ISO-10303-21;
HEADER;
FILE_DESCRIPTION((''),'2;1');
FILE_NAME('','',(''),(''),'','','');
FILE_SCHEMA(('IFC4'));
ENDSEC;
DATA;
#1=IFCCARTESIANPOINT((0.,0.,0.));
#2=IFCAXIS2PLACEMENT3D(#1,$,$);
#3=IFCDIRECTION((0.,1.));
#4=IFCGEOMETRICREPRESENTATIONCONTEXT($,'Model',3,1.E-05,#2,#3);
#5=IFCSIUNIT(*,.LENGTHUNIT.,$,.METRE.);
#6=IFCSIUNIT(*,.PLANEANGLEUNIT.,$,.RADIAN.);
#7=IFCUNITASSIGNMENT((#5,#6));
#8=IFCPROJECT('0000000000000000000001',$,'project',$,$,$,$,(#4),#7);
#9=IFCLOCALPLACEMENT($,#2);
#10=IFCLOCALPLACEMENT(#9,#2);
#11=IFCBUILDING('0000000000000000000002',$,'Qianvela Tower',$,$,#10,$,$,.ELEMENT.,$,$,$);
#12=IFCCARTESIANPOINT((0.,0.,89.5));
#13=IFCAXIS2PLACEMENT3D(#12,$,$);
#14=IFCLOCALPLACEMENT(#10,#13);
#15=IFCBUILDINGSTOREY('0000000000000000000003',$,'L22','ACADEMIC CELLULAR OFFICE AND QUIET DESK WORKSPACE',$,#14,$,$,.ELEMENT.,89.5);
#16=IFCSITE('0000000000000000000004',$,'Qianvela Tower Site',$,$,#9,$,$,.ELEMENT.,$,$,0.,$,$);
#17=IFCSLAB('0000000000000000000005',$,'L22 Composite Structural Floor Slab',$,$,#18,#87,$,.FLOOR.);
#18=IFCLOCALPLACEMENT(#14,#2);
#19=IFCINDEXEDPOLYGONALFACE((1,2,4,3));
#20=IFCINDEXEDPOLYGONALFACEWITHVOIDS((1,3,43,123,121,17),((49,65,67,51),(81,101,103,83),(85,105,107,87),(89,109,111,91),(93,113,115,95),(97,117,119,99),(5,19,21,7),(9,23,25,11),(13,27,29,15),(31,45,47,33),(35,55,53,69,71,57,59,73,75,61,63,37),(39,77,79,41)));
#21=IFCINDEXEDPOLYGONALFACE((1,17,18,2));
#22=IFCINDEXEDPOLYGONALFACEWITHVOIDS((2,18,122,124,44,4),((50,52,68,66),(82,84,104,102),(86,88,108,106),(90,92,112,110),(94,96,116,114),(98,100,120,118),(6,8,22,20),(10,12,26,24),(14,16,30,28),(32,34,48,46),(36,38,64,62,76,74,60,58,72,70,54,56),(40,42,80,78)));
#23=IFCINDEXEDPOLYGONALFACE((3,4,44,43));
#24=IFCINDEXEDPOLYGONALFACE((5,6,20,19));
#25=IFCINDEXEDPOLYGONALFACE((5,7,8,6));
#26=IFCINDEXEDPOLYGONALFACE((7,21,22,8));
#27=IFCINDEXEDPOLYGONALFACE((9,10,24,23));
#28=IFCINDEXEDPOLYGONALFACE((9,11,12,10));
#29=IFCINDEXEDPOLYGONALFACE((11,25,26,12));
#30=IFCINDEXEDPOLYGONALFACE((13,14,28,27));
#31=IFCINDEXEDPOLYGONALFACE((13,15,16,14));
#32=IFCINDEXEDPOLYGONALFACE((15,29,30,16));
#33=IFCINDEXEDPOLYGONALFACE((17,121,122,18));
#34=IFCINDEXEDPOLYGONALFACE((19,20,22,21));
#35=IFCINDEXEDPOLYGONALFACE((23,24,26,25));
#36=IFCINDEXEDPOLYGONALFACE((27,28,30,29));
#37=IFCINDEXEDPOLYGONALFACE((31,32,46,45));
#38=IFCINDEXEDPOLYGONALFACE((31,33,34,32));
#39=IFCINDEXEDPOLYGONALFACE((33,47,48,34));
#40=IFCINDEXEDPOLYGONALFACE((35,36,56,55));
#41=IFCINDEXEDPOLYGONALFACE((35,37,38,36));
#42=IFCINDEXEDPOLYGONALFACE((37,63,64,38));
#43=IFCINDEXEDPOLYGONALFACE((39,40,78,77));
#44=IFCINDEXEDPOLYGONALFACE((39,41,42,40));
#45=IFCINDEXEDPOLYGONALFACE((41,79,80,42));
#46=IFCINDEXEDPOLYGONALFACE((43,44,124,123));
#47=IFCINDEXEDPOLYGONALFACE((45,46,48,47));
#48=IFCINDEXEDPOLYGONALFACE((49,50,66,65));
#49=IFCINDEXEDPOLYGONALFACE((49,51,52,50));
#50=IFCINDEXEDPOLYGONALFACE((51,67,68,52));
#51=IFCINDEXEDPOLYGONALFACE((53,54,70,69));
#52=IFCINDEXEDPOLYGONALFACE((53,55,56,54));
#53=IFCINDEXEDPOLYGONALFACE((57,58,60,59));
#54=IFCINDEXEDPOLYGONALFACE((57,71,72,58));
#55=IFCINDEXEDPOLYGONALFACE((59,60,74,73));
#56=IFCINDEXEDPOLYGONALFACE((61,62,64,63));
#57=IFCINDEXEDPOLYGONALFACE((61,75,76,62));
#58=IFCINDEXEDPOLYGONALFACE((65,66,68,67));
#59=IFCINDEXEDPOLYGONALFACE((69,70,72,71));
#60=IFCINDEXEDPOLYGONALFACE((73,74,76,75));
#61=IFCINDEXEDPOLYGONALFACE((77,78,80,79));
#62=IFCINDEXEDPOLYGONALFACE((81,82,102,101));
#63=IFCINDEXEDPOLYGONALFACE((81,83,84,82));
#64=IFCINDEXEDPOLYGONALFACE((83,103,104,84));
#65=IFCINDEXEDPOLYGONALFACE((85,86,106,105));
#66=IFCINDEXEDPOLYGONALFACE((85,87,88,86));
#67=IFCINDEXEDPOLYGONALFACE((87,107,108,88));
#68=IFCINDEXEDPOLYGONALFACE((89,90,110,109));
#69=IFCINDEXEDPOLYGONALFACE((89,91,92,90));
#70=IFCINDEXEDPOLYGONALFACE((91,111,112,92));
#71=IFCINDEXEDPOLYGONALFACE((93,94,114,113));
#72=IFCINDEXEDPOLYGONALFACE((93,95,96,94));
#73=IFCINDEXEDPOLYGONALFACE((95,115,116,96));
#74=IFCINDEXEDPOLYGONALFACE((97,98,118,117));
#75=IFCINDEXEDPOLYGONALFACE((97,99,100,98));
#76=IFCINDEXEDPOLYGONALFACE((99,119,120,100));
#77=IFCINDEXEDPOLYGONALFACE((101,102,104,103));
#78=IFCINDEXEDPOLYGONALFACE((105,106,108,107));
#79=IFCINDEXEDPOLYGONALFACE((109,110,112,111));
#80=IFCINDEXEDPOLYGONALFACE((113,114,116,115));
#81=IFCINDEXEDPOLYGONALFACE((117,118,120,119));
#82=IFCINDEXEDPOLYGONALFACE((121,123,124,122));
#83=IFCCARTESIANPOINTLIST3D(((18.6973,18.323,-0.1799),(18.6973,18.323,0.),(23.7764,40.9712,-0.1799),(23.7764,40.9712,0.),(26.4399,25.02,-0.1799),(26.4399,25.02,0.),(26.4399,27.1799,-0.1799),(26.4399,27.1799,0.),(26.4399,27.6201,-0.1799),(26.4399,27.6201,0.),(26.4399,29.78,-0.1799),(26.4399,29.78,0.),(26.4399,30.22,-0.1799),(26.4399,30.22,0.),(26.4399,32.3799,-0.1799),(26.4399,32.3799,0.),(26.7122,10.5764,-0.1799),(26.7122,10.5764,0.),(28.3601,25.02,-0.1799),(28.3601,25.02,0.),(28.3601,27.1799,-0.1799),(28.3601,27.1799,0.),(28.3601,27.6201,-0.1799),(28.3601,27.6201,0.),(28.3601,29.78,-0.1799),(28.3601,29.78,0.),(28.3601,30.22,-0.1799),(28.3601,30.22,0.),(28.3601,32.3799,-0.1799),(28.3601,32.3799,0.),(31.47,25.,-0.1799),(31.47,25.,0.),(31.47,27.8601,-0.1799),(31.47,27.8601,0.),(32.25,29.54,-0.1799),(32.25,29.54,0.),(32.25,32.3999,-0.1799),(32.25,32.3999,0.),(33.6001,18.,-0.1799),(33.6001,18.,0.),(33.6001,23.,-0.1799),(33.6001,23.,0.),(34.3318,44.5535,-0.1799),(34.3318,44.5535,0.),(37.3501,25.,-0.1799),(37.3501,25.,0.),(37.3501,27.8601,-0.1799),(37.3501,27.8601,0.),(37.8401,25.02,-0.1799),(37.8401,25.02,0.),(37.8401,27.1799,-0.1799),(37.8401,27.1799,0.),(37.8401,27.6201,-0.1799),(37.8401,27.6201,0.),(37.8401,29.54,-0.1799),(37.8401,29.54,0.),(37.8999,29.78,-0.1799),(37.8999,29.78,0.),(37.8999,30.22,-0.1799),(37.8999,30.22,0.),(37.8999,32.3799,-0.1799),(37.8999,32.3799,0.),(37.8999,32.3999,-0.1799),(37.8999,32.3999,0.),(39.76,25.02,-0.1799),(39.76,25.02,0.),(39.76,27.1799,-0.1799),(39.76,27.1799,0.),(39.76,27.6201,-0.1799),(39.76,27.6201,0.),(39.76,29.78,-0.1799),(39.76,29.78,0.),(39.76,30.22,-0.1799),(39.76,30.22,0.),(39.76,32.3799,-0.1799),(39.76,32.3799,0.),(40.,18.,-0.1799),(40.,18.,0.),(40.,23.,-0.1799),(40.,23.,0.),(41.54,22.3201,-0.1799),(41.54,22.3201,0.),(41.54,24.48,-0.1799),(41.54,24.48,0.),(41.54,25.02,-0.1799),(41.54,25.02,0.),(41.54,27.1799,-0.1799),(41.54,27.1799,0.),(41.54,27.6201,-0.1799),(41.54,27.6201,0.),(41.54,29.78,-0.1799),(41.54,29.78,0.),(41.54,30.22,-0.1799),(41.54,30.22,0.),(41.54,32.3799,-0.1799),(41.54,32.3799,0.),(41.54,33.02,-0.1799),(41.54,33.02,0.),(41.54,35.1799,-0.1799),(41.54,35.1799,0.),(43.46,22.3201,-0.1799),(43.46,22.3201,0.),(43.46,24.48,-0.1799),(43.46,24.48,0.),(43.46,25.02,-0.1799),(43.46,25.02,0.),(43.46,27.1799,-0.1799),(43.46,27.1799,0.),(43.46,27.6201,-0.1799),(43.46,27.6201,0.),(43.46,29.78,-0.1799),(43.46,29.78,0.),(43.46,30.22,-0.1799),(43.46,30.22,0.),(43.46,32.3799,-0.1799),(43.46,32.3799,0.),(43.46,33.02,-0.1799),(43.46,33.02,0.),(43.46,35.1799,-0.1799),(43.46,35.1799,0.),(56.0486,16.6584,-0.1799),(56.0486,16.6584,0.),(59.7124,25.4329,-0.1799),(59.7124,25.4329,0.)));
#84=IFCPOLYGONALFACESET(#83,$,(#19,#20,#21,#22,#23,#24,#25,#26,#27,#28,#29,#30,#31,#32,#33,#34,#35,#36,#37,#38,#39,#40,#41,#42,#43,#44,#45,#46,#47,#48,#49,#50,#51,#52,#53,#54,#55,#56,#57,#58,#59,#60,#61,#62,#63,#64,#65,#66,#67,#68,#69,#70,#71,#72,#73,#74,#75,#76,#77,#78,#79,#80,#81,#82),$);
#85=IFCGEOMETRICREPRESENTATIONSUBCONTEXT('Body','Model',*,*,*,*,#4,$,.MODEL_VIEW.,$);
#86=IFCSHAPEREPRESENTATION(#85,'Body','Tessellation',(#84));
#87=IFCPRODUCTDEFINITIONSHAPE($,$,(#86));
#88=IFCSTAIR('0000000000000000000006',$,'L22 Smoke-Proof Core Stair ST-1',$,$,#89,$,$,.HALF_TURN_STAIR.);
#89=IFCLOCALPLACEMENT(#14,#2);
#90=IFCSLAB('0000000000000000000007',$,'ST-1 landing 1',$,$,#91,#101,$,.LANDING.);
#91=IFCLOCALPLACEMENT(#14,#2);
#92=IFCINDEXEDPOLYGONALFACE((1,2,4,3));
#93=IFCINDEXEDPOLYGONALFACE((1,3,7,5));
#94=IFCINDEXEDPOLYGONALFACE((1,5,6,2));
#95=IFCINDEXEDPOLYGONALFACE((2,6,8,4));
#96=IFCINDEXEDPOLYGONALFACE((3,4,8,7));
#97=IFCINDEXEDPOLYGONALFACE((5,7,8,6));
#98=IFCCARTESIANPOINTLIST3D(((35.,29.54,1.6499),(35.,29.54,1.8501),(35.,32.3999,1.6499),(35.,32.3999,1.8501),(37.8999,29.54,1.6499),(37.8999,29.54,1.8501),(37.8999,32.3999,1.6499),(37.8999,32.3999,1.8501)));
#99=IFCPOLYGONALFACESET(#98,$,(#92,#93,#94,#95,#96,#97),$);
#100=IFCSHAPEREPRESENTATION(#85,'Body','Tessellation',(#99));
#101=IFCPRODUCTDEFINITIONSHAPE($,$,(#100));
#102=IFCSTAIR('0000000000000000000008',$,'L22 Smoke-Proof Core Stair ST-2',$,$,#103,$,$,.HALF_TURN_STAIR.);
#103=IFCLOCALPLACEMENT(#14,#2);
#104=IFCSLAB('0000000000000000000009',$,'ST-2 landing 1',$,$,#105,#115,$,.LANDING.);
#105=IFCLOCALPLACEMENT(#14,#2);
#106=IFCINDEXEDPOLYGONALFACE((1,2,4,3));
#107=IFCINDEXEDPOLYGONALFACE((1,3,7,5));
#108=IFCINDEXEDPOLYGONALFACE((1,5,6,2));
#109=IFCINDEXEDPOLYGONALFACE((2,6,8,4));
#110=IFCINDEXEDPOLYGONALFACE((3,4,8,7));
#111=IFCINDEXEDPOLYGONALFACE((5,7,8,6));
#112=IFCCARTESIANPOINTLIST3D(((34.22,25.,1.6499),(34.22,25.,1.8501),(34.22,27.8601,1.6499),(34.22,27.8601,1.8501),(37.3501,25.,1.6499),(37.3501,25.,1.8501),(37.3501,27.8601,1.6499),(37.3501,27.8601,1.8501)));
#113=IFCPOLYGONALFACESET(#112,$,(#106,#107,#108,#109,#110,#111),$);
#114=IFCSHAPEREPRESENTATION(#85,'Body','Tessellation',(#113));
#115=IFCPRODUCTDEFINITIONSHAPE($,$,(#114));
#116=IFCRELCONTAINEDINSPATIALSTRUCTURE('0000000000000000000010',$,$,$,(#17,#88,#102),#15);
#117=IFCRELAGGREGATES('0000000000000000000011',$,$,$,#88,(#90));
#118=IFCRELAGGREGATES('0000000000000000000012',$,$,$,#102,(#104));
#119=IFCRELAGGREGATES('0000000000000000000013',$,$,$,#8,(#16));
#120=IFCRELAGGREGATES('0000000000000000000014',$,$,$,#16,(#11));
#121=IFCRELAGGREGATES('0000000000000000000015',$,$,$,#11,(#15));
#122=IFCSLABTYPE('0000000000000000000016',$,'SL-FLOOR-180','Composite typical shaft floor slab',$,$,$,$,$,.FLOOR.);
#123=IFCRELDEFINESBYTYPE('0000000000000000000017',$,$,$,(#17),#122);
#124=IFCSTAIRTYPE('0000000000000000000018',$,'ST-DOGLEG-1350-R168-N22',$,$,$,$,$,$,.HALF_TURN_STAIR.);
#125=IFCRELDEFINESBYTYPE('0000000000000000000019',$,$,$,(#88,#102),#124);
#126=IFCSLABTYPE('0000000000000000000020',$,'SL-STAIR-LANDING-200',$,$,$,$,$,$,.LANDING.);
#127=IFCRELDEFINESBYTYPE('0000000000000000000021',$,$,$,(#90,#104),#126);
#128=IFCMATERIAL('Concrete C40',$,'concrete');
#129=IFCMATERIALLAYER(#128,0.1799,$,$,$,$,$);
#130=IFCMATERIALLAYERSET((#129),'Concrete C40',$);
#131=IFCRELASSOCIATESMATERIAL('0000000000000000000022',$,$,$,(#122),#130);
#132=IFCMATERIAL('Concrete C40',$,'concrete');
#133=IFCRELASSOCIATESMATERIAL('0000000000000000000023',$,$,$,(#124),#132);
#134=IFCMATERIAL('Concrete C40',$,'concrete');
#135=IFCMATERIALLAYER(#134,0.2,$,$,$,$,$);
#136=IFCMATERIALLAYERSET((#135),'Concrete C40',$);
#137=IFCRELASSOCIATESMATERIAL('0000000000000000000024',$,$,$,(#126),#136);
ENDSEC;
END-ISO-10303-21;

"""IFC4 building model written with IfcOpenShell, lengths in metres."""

from ifc_helpers import new_model, si_unit, direction, frame, origin, place, context, subcontext, project, spatial, polyline, outline, extrude, material, layer, layer_set, type_object, element, aggregate, save


model = new_model("IFC4")

# Units and contexts
model_context = context("Model", 3, precision=1e-05, world=origin(), true_north=direction((0.0, 1.0)))
body_context = subcontext(model_context, "Body", "Model", "MODEL_VIEW")
ifc_project = project(units=[si_unit("LENGTHUNIT", "METRE"), si_unit("PLANEANGLEUNIT", "RADIAN")], contexts=[model_context])

# Site, building, storey
site_placement = place(None, origin())
site = spatial("IfcSite", under=ifc_project, at=site_placement, Name="Qianvela Tower Site", CompositionType="ELEMENT", RefElevation=0.0)
building_placement = place(site_placement, origin())
building = spatial("IfcBuilding", under=site, at=building_placement, Name="Qianvela Tower", CompositionType="ELEMENT")
storey_placement = place(building_placement, frame((0.0, 0.0, 89.5)))
storey = spatial("IfcBuildingStorey", under=building, at=storey_placement, Name="L22", Description="ACADEMIC CELLULAR OFFICE AND QUIET DESK WORKSPACE", CompositionType="ELEMENT", Elevation=89.5)

# Slab
ifc_material_1 = material(Name="Concrete C40", Category="concrete")
ifc_layer_1 = layer(ifc_material_1, 0.1799)
ifc_layer_set_1 = layer_set([ifc_layer_1], Name="Concrete C40")
slab_type_1 = type_object("IfcSlabType", Name="SL-FLOOR-180", Description="Composite typical shaft floor slab", PredefinedType="FLOOR", material=ifc_layer_set_1)
slab_1_placement = place(storey_placement, frame((0.0, 0.0, -0.1799)))
element("IfcSlab", 1, at=slab_1_placement, inside=storey, type_object=slab_type_1, Name="L22 Composite Structural Floor Slab", PredefinedType="FLOOR", context=body_context, shape_type="SweptSolid", body=[
    extrude(outline(polyline([(56.0486, 16.6584), (59.7124, 25.4329), (34.3318, 44.5535), (23.7764, 40.9712), (18.6973, 18.323), (26.7122, 10.5764), (56.0486, 16.6584)]), holes=[polyline([(40.0, 23.0), (33.6001, 23.0), (33.6001, 18.0), (40.0, 18.0), (40.0, 23.0)]), polyline([(28.3601, 25.02), (28.3601, 27.1799), (26.4399, 27.1799), (26.4399, 25.02), (28.3601, 25.02)]), polyline([(37.3501, 25.0), (37.3501, 27.8601), (31.47, 27.8601), (31.47, 25.0), (37.3501, 25.0)]), polyline([(28.3601, 27.6201), (28.3601, 29.78), (26.4399, 29.78), (26.4399, 27.6201), (28.3601, 27.6201)]), polyline([(37.8999, 32.3799), (37.8999, 32.3999), (32.25, 32.3999), (32.25, 29.54), (37.8401, 29.54), (37.8401, 27.6201), (39.76, 27.6201), (39.76, 29.78), (37.8999, 29.78), (37.8999, 30.22), (39.76, 30.22), (39.76, 32.3799), (37.8999, 32.3799)]), polyline([(28.3601, 30.22), (28.3601, 32.3799), (26.4399, 32.3799), (26.4399, 30.22), (28.3601, 30.22)]), polyline([(43.46, 24.48), (41.54, 24.48), (41.54, 22.3201), (43.46, 22.3201), (43.46, 24.48)]), polyline([(39.76, 25.02), (39.76, 27.1799), (37.8401, 27.1799), (37.8401, 25.02), (39.76, 25.02)]), polyline([(43.46, 25.02), (43.46, 27.1799), (41.54, 27.1799), (41.54, 25.02), (43.46, 25.02)]), polyline([(43.46, 27.6201), (43.46, 29.78), (41.54, 29.78), (41.54, 27.6201), (43.46, 27.6201)]), polyline([(43.46, 30.22), (43.46, 32.3799), (41.54, 32.3799), (41.54, 30.22), (43.46, 30.22)]), polyline([(43.46, 33.02), (43.46, 35.1799), (41.54, 35.1799), (41.54, 33.02), (43.46, 33.02)])]), origin(), (0.0, 0.0, 1.0), 0.1799),
])

# Stairs, slabs
ifc_material_2 = material(Name="Concrete C40", Category="concrete")
stair_type = type_object("IfcStairType", Name="ST-DOGLEG-1350-R168-N22", PredefinedType="HALF_TURN_STAIR", material=ifc_material_2)
stair_1_placement = place(storey_placement, origin())
stair_1 = element("IfcStair", 2, at=stair_1_placement, inside=storey, type_object=stair_type, Name="L22 Smoke-Proof Core Stair ST-1", PredefinedType="HALF_TURN_STAIR")
ifc_material_3 = material(Name="Concrete C40", Category="concrete")
ifc_layer_2 = layer(ifc_material_3, 0.2)
ifc_layer_set_2 = layer_set([ifc_layer_2], Name="Concrete C40")
slab_type_2 = type_object("IfcSlabType", Name="SL-STAIR-LANDING-200", PredefinedType="LANDING", material=ifc_layer_set_2)
slab_2_placement = place(storey_placement, frame((0.0, 0.0, 1.6499)))
slab_2 = element("IfcSlab", 3, at=slab_2_placement, type_object=slab_type_2, Name="ST-1 landing 1", PredefinedType="LANDING", context=body_context, shape_type="SweptSolid", body=[
    extrude(outline(polyline([(35.0, 29.54), (37.8999, 29.54), (37.8999, 32.3999), (35.0, 32.3999), (35.0, 29.54)])), origin(), (0.0, 0.0, 1.0), 0.2002),
])
aggregate(stair_1, [slab_2])
stair_2_placement = place(storey_placement, origin())
stair_2 = element("IfcStair", 4, at=stair_2_placement, inside=storey, type_object=stair_type, Name="L22 Smoke-Proof Core Stair ST-2", PredefinedType="HALF_TURN_STAIR")
slab_3_placement = place(storey_placement, frame((0.0, 0.0, 1.6499)))
slab_3 = element("IfcSlab", 5, at=slab_3_placement, type_object=slab_type_2, Name="ST-2 landing 1", PredefinedType="LANDING", context=body_context, shape_type="SweptSolid", body=[
    extrude(outline(polyline([(34.22, 25.0), (37.3501, 25.0), (37.3501, 27.8601), (34.22, 27.8601), (34.22, 25.0)])), origin(), (0.0, 0.0, 1.0), 0.2002),
])
aggregate(stair_2, [slab_3])

save(model, "model.ifc")
